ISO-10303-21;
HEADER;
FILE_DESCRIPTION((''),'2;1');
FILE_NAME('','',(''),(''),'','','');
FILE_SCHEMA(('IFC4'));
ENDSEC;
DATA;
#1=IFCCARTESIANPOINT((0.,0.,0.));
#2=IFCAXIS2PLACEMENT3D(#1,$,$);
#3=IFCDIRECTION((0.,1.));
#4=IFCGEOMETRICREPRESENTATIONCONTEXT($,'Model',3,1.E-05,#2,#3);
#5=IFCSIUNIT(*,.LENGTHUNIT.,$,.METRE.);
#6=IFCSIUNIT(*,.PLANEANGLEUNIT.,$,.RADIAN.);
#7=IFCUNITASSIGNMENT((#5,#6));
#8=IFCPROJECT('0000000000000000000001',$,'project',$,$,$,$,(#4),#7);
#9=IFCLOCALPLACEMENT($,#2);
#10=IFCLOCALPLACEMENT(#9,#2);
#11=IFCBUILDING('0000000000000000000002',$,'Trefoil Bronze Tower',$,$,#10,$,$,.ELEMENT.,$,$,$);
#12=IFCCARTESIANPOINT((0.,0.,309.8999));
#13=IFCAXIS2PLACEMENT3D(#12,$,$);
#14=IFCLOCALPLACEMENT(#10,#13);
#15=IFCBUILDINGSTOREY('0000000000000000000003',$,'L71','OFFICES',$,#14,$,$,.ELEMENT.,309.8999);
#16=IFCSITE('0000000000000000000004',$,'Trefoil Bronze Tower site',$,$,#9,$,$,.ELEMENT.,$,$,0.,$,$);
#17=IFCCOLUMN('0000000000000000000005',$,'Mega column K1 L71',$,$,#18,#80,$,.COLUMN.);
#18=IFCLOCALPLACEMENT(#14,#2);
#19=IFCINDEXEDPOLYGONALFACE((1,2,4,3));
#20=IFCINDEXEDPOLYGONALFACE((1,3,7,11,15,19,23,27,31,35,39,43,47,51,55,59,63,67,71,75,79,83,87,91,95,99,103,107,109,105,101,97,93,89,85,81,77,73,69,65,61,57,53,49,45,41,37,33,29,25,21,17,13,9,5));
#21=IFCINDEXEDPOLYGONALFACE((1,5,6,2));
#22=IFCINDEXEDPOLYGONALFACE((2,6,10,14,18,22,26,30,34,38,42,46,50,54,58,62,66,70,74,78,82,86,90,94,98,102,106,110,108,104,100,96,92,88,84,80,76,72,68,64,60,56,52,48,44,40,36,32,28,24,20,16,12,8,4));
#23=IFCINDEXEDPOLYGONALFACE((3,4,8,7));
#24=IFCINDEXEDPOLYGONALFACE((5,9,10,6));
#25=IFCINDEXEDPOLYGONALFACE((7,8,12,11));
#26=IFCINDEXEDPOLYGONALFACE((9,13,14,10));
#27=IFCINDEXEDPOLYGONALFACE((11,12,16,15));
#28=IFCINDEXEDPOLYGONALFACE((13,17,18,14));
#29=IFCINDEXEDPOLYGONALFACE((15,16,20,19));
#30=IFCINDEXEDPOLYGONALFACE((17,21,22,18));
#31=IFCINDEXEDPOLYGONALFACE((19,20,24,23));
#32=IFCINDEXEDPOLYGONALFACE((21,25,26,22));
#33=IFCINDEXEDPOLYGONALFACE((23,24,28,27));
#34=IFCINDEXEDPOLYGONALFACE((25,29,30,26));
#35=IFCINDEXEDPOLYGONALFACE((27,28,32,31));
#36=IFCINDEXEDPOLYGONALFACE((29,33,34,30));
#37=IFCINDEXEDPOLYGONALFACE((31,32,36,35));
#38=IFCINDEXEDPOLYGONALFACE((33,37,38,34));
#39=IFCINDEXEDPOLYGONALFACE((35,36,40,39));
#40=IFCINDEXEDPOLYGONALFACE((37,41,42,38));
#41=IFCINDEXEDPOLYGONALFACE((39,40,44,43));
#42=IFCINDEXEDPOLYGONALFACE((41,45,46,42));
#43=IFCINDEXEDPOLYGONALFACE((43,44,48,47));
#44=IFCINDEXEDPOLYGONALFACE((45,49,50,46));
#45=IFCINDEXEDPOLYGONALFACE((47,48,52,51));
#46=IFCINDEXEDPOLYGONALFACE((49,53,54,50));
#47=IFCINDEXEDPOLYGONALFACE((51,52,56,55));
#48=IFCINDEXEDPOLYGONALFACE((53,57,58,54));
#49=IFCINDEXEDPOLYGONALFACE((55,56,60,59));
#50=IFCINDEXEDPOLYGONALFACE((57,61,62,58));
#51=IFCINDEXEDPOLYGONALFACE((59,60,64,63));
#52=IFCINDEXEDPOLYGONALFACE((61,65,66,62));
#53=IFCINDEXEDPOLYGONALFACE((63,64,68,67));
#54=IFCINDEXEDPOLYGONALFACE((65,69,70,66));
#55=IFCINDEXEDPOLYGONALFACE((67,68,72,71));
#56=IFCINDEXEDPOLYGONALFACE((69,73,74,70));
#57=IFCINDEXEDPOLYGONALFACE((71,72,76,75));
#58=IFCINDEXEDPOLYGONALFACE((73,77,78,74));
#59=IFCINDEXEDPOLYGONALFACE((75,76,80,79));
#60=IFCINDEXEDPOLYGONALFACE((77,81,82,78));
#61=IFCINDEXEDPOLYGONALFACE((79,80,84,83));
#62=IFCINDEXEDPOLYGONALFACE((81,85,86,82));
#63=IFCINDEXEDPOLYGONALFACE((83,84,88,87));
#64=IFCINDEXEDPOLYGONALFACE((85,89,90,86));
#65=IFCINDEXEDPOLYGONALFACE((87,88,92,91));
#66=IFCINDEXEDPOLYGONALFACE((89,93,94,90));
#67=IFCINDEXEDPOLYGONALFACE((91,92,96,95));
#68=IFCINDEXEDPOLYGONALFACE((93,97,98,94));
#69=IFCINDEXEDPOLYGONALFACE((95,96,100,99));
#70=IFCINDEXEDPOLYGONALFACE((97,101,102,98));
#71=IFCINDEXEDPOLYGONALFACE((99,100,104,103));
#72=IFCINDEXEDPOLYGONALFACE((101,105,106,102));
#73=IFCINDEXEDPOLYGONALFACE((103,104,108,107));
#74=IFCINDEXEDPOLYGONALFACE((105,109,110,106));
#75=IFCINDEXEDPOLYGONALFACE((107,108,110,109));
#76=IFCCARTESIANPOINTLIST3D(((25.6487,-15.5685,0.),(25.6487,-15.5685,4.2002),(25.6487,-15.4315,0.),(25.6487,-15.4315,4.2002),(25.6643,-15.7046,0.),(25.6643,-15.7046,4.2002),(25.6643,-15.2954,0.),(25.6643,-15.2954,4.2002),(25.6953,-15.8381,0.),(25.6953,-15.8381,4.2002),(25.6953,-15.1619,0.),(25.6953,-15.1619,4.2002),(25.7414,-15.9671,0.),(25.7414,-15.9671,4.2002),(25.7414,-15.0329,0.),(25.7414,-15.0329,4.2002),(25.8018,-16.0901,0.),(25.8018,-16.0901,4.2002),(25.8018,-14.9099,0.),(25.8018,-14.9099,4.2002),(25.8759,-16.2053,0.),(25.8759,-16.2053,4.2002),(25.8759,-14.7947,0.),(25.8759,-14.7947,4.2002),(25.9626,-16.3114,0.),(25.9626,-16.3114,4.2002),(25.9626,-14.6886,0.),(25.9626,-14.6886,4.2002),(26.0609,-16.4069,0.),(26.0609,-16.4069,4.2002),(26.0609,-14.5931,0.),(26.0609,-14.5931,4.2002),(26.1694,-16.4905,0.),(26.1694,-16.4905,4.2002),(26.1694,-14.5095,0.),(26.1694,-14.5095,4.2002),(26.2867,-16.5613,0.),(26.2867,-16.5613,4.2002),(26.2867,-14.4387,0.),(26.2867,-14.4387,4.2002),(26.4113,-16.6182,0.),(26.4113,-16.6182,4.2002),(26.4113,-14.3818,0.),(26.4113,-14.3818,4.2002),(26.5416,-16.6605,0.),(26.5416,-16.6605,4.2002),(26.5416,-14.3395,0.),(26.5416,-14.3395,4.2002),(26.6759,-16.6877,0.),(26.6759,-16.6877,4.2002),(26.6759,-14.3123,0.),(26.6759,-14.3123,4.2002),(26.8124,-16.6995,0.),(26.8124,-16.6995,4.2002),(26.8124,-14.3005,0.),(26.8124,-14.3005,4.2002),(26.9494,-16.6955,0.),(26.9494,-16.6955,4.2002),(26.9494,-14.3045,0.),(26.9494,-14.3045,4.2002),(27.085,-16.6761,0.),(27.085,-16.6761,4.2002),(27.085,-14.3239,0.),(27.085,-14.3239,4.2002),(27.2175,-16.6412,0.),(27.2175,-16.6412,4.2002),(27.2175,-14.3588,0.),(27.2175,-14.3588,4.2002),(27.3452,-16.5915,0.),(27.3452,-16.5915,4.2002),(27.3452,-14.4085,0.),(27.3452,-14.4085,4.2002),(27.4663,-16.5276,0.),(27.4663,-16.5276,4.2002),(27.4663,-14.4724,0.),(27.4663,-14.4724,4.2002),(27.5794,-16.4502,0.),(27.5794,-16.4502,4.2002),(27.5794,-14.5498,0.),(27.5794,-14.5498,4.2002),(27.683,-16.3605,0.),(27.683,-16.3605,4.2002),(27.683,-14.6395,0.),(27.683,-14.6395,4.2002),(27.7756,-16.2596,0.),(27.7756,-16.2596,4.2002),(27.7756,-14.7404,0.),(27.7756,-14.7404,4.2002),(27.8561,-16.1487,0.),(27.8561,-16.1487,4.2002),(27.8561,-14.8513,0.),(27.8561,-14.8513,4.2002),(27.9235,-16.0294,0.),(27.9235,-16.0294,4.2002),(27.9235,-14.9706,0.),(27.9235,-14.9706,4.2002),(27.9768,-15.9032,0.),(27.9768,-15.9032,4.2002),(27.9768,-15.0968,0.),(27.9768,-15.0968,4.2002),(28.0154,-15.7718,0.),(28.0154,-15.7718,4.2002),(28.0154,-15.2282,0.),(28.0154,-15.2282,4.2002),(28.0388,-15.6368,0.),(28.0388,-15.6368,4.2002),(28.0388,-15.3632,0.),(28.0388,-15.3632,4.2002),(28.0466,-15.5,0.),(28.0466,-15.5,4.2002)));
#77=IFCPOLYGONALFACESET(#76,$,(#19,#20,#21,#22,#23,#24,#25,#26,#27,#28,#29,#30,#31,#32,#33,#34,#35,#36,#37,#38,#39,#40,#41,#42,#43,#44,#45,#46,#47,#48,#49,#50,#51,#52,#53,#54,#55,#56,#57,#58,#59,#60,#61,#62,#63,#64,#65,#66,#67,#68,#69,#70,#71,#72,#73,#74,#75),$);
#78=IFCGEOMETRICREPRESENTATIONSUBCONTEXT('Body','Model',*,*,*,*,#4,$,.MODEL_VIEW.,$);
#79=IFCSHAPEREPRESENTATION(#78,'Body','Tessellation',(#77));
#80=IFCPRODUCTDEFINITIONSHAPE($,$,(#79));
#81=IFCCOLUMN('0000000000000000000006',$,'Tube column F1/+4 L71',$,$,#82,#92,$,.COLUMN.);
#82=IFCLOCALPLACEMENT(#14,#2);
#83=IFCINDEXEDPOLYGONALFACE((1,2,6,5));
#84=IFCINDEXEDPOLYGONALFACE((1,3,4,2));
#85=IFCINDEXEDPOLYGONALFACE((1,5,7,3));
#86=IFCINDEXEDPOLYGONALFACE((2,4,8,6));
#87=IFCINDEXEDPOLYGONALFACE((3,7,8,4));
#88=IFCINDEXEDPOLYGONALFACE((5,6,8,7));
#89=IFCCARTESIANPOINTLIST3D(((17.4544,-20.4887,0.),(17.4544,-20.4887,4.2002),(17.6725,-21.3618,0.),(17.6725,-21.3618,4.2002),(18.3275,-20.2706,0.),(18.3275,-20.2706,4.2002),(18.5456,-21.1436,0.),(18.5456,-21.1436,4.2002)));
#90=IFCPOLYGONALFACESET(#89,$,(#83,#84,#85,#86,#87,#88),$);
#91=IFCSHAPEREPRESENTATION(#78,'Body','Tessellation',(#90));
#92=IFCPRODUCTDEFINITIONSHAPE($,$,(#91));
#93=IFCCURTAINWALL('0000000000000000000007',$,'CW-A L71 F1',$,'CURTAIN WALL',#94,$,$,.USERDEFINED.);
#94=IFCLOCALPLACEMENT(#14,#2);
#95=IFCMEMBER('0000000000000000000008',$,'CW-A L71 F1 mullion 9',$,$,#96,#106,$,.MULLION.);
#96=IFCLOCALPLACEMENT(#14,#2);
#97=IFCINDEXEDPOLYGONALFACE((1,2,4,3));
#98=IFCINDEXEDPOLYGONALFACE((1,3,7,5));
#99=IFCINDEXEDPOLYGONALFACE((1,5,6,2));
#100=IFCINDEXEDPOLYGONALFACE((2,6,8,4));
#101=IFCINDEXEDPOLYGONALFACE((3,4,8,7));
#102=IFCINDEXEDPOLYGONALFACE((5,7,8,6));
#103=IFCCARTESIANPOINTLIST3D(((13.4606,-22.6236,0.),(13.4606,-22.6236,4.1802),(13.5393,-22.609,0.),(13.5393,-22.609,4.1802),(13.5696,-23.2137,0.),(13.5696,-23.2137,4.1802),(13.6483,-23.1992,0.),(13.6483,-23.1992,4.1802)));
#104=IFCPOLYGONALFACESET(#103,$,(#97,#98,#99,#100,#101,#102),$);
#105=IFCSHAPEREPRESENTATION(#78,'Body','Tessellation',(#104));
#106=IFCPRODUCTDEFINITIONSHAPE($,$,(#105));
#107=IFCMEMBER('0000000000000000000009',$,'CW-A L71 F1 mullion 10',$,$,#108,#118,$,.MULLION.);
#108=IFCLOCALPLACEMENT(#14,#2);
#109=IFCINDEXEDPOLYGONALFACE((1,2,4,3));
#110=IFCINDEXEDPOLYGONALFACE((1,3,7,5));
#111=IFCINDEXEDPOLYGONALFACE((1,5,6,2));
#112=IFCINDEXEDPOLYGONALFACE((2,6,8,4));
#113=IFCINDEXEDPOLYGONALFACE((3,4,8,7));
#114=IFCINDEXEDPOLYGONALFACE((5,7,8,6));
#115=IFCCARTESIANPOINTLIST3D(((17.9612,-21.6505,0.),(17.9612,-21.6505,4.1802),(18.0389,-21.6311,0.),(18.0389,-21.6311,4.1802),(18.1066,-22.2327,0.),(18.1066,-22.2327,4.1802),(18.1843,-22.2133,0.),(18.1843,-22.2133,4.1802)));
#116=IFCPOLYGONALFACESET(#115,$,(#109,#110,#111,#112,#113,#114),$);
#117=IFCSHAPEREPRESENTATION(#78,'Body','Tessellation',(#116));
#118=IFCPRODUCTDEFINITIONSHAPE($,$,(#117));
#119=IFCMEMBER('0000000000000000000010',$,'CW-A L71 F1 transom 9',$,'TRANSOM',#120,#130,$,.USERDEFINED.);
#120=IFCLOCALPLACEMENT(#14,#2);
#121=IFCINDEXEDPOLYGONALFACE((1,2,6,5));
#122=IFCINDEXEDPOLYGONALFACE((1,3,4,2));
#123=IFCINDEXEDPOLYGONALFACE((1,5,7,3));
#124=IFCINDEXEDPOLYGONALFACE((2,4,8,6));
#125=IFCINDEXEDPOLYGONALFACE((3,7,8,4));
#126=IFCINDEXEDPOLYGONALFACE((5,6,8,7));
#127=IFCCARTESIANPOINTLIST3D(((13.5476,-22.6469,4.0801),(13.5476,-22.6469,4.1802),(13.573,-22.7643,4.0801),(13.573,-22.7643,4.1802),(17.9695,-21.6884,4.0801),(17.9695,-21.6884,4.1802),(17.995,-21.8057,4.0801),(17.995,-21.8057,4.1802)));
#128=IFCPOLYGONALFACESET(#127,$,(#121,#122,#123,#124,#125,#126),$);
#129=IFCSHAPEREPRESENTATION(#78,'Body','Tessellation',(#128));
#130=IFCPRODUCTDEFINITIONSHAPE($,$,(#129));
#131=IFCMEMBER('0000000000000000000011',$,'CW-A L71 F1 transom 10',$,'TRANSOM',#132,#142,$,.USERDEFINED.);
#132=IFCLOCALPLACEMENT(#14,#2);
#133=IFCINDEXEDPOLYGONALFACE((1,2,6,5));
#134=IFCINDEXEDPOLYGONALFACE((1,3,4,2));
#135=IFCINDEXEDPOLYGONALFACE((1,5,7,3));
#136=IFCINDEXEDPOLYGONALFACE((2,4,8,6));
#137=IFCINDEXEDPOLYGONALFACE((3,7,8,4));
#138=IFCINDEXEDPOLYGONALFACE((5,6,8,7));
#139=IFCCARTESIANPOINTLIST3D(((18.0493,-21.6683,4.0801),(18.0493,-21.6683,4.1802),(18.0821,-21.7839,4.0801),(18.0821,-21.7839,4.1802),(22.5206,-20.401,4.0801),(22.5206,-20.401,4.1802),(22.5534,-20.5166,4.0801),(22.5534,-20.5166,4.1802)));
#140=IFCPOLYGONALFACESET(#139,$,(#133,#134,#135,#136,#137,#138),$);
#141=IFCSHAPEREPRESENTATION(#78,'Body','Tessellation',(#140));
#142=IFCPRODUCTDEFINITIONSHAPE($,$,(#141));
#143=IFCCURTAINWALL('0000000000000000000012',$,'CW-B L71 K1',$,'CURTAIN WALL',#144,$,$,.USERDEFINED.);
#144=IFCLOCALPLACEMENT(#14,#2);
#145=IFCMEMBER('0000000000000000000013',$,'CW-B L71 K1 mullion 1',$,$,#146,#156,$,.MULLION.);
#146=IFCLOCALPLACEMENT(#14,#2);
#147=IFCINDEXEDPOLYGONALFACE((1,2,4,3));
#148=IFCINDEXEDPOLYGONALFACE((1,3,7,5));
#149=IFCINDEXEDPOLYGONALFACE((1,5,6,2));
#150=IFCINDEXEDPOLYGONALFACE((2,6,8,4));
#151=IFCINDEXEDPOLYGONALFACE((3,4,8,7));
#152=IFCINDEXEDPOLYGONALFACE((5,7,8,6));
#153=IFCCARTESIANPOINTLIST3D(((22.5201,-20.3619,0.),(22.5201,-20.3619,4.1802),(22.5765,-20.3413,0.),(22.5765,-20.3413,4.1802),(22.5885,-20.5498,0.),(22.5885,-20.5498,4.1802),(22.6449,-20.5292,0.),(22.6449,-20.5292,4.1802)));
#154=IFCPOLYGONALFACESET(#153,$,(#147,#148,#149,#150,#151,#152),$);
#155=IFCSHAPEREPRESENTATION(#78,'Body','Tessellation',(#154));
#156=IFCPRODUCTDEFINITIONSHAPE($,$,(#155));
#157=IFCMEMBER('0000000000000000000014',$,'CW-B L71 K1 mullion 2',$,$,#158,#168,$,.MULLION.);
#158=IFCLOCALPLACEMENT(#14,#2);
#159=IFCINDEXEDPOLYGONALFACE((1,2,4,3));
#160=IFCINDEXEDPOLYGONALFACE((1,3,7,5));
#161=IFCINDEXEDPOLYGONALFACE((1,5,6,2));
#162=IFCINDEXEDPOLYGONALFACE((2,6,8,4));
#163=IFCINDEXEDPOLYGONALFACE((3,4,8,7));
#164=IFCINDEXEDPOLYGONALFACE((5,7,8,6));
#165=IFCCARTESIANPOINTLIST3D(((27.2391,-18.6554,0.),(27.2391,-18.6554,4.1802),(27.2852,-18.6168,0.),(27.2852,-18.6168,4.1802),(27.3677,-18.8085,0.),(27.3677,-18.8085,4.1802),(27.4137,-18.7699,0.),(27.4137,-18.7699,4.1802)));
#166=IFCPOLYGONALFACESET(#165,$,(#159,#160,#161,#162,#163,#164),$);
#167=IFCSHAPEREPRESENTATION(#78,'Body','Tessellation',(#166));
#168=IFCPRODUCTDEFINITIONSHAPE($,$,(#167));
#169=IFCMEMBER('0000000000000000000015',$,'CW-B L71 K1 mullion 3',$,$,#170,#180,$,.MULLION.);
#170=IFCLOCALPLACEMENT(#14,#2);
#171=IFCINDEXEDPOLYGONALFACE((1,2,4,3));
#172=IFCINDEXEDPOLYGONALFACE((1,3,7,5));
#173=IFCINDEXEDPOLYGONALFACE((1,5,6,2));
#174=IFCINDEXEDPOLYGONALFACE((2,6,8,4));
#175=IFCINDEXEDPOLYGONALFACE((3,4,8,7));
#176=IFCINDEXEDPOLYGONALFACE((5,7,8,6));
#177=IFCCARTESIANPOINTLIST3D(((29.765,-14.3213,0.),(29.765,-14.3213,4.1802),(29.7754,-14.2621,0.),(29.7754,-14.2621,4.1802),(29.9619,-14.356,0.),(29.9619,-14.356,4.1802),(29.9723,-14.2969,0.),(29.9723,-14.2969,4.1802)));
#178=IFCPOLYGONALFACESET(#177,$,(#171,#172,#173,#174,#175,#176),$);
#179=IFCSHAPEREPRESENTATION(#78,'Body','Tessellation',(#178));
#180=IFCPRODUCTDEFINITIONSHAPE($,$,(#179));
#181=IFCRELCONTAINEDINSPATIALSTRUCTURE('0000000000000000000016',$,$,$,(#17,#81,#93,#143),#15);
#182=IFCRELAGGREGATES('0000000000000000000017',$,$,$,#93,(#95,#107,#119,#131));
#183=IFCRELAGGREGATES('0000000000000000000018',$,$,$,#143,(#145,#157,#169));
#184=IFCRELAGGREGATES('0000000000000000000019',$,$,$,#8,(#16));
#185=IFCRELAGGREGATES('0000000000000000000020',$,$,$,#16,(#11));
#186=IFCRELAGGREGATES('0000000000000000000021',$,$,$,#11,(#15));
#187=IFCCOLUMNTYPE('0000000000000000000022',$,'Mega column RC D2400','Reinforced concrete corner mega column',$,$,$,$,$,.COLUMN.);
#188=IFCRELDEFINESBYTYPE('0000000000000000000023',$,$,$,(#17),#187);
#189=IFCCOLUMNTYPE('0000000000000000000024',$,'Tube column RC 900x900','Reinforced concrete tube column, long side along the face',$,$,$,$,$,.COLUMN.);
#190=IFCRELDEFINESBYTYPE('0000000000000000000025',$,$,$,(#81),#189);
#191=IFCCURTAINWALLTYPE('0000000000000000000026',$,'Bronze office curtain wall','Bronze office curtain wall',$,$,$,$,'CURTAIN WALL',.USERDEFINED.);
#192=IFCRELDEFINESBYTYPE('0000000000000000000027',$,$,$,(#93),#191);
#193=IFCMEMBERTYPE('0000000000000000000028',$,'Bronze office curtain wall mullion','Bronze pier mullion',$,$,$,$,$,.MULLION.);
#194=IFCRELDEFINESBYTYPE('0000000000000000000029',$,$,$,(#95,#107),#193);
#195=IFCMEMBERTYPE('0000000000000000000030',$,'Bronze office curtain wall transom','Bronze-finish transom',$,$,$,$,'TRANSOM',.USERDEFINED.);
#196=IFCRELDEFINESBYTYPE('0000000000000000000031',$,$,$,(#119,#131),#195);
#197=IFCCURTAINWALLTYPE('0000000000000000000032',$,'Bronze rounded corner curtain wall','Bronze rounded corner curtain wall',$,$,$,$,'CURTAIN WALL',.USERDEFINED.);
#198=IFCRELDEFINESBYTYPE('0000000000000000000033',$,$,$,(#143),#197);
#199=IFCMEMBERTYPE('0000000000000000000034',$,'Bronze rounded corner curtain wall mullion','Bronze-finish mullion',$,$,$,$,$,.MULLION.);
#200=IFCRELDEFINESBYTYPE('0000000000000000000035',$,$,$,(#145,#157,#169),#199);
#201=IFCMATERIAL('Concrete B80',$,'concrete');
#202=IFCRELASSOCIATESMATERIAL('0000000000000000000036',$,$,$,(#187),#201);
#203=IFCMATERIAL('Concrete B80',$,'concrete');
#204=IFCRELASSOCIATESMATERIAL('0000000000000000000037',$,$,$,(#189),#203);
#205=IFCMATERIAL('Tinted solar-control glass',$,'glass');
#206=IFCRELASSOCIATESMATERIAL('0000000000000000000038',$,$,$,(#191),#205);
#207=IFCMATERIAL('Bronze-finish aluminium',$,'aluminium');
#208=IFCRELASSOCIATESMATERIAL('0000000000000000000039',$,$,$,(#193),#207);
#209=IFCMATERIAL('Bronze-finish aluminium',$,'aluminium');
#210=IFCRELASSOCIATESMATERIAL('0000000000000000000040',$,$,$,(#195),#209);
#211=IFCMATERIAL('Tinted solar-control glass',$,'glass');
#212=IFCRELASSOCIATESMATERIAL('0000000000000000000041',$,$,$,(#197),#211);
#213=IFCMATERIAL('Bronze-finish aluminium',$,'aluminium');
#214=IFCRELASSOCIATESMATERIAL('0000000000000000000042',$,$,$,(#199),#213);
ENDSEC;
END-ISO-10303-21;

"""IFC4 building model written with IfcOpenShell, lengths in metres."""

from ifc_helpers import new_model, si_unit, direction, frame, origin, origin_2d, place, context, subcontext, project, spatial, rectangle, circle, extrude, material, material_profile, profile_set, type_object, element, aggregate, save


model = new_model("IFC4")

# Units and contexts
model_context = context("Model", 3, precision=1e-05, world=origin(), true_north=direction((0.0, 1.0)))
body_context = subcontext(model_context, "Body", "Model", "MODEL_VIEW")
ifc_project = project(units=[si_unit("LENGTHUNIT", "METRE"), si_unit("PLANEANGLEUNIT", "RADIAN")], contexts=[model_context])

# Site, building, storey
site_placement = place(None, origin())
site = spatial("IfcSite", under=ifc_project, at=site_placement, Name="Trefoil Bronze Tower site", CompositionType="ELEMENT", RefElevation=0.0)
building_placement = place(site_placement, origin())
building = spatial("IfcBuilding", under=site, at=building_placement, Name="Trefoil Bronze Tower", CompositionType="ELEMENT")
storey_placement = place(building_placement, frame((0.0, 0.0, 309.8999)))
storey = spatial("IfcBuildingStorey", under=building, at=storey_placement, Name="L71", Description="OFFICES", CompositionType="ELEMENT", Elevation=309.8999)

# Columns
ifc_material_1 = material(Name="Concrete B80", Category="concrete")
ifc_material_profile_1 = material_profile(ifc_material_1, circle(Radius=1.2, at=origin_2d()), Name="RC D2400")
ifc_profile_set_1 = profile_set([ifc_material_profile_1], Name="Concrete B80")
column_type_1 = type_object("IfcColumnType", Name="Mega column RC D2400", Description="Reinforced concrete corner mega column", PredefinedType="COLUMN", material=ifc_profile_set_1)
column_1_placement = place(storey_placement, frame((26.8467, -15.5, 0.0), z_axis=(0.0, 0.0, 1.0), x_axis=(1.0, 0.0, 0.0)))
element("IfcColumn", 1, at=column_1_placement, inside=storey, type_object=column_type_1, Name="Mega column K1 L71", PredefinedType="COLUMN", context=body_context, shape_type="SweptSolid", body=[
    extrude(circle(Radius=1.2, at=origin_2d()), origin(), (0.0, 0.0, 1.0), 4.2002),
])
ifc_material_2 = material(Name="Concrete B80", Category="concrete")
ifc_material_profile_2 = material_profile(ifc_material_2, rectangle(XDim=0.8999, YDim=0.8999, at=origin_2d()), Name="RC 900x900")
ifc_profile_set_2 = profile_set([ifc_material_profile_2], Name="Concrete B80")
column_type_2 = type_object("IfcColumnType", Name="Tube column RC 900x900", Description="Reinforced concrete tube column, long side along the face", PredefinedType="COLUMN", material=ifc_profile_set_2)
column_2_placement = place(storey_placement, frame((18.0, -20.8162, 0.0), z_axis=(0.0, 0.0, 1.0), x_axis=(0.970178, 0.242394, 0.0)))
element("IfcColumn", 2, at=column_2_placement, inside=storey, type_object=column_type_2, Name="Tube column F1/+4 L71", PredefinedType="COLUMN", context=body_context, shape_type="SweptSolid", body=[
    extrude(rectangle(XDim=0.8999, YDim=0.8999, at=origin_2d()), origin(), (0.0, 0.0, 1.0), 4.2002),
])

# Curtain walls, members
ifc_material_3 = material(Name="Tinted solar-control glass", Category="glass")
curtain_wall_type_1 = type_object("IfcCurtainWallType", Name="Bronze office curtain wall", Description="Bronze office curtain wall", ElementType="CURTAIN WALL", PredefinedType="USERDEFINED", material=ifc_material_3)
curtain_wall_1_placement = place(storey_placement, origin())
curtain_wall_1 = element("IfcCurtainWall", 3, at=curtain_wall_1_placement, inside=storey, type_object=curtain_wall_type_1, Name="CW-A L71 F1", ObjectType="CURTAIN WALL", PredefinedType="USERDEFINED")
ifc_material_4 = material(Name="Bronze-finish aluminium", Category="aluminium")
ifc_material_profile_3 = material_profile(ifc_material_4, rectangle(XDim=0.6001, YDim=0.0801, at=origin_2d()), Name="CW-A mullion")
ifc_profile_set_3 = profile_set([ifc_material_profile_3], Name="Bronze-finish aluminium")
member_type_1 = type_object("IfcMemberType", Name="Bronze office curtain wall mullion", Description="Bronze pier mullion", PredefinedType="MULLION", material=ifc_profile_set_3)
member_1_placement = place(storey_placement, frame((13.5544, -22.9114, 0.0), z_axis=(0.0, 0.0, 1.0), x_axis=(-0.181667, 0.98336, 0.0)))
member_1 = element("IfcMember", 4, at=member_1_placement, type_object=member_type_1, Name="CW-A L71 F1 mullion 9", PredefinedType="MULLION", context=body_context, shape_type="SweptSolid", body=[
    extrude(rectangle(XDim=0.6001, YDim=0.0801, at=origin_2d()), origin(), (0.0, 0.0, 1.0), 4.1802),
])
member_2_placement = place(storey_placement, frame((18.0728, -21.9319, 0.0), z_axis=(0.0, 0.0, 1.0), x_axis=(-0.242394, 0.970178, 0.0)))
member_2 = element("IfcMember", 5, at=member_2_placement, type_object=member_type_1, Name="CW-A L71 F1 mullion 10", PredefinedType="MULLION", context=body_context, shape_type="SweptSolid", body=[
    extrude(rectangle(XDim=0.6001, YDim=0.0801, at=origin_2d()), origin(), (0.0, 0.0, 1.0), 4.1802),
])
ifc_material_5 = material(Name="Bronze-finish aluminium", Category="aluminium")
ifc_material_profile_4 = material_profile(ifc_material_5, rectangle(XDim=0.1201, YDim=0.1001, at=origin_2d()), Name="CW-A transom")
ifc_profile_set_4 = profile_set([ifc_material_profile_4], Name="Bronze-finish aluminium")
member_type_2 = type_object("IfcMemberType", Name="Bronze office curtain wall transom", Description="Bronze-finish transom", ElementType="TRANSOM", PredefinedType="USERDEFINED", material=ifc_profile_set_4)
member_3_placement = place(storey_placement, frame((13.5603, -22.7056, 4.1301), z_axis=(0.977304, 0.211843, 0.0), x_axis=(-0.211843, 0.977304, 0.0)))
member_3 = element("IfcMember", 6, at=member_3_placement, type_object=member_type_2, Name="CW-A L71 F1 transom 9", ObjectType="TRANSOM", PredefinedType="USERDEFINED", context=body_context, shape_type="SweptSolid", body=[
    extrude(rectangle(XDim=0.1201, YDim=0.1001, at=origin_2d()), origin(), (0.0, 0.0, 1.0), 4.5247),
])
member_4_placement = place(storey_placement, frame((18.0657, -21.7261, 4.1301), z_axis=(0.962103, 0.272688, 0.0), x_axis=(-0.272688, 0.962103, 0.0)))
member_4 = element("IfcMember", 7, at=member_4_placement, type_object=member_type_2, Name="CW-A L71 F1 transom 10", ObjectType="TRANSOM", PredefinedType="USERDEFINED", context=body_context, shape_type="SweptSolid", body=[
    extrude(rectangle(XDim=0.1201, YDim=0.1001, at=origin_2d()), origin(), (0.0, 0.0, 1.0), 4.6475),
])
ifc_material_6 = material(Name="Tinted solar-control glass", Category="glass")
curtain_wall_type_2 = type_object("IfcCurtainWallType", Name="Bronze rounded corner curtain wall", Description="Bronze rounded corner curtain wall", ElementType="CURTAIN WALL", PredefinedType="USERDEFINED", material=ifc_material_6)
curtain_wall_2_placement = place(storey_placement, origin())
curtain_wall_2 = element("IfcCurtainWall", 8, at=curtain_wall_2_placement, inside=storey, type_object=curtain_wall_type_2, Name="CW-B L71 K1", ObjectType="CURTAIN WALL", PredefinedType="USERDEFINED")
ifc_material_7 = material(Name="Bronze-finish aluminium", Category="aluminium")
ifc_material_profile_5 = material_profile(ifc_material_7, rectangle(XDim=0.2, YDim=0.0601, at=origin_2d()), Name="CW-B mullion")
ifc_profile_set_5 = profile_set([ifc_material_profile_5], Name="Bronze-finish aluminium")
member_type_3 = type_object("IfcMemberType", Name="Bronze rounded corner curtain wall mullion", Description="Bronze-finish mullion", PredefinedType="MULLION", material=ifc_profile_set_5)
member_5_placement = place(storey_placement, frame((22.5825, -20.4456, 0.0), z_axis=(0.0, 0.0, 1.0), x_axis=(-0.34202, 0.939693, 0.0)))
member_5 = element("IfcMember", 9, at=member_5_placement, type_object=member_type_3, Name="CW-B L71 K1 mullion 1", PredefinedType="MULLION", context=body_context, shape_type="SweptSolid", body=[
    extrude(rectangle(XDim=0.2, YDim=0.0601, at=origin_2d()), origin(), (0.0, 0.0, 1.0), 4.1802),
])
member_6_placement = place(storey_placement, frame((27.3264, -18.7126, 0.0), z_axis=(0.0, 0.0, 1.0), x_axis=(-0.642788, 0.766044, 0.0)))
member_6 = element("IfcMember", 10, at=member_6_placement, type_object=member_type_3, Name="CW-B L71 K1 mullion 2", PredefinedType="MULLION", context=body_context, shape_type="SweptSolid", body=[
    extrude(rectangle(XDim=0.2, YDim=0.0601, at=origin_2d()), origin(), (0.0, 0.0, 1.0), 4.1802),
])
member_7_placement = place(storey_placement, frame((29.8687, -14.3091, 0.0), z_axis=(0.0, 0.0, 1.0), x_axis=(-0.984808, 0.173648, 0.0)))
member_7 = element("IfcMember", 11, at=member_7_placement, type_object=member_type_3, Name="CW-B L71 K1 mullion 3", PredefinedType="MULLION", context=body_context, shape_type="SweptSolid", body=[
    extrude(rectangle(XDim=0.2, YDim=0.0601, at=origin_2d()), origin(), (0.0, 0.0, 1.0), 4.1802),
])

aggregate(curtain_wall_1, [member_1, member_2, member_3, member_4])
aggregate(curtain_wall_2, [member_5, member_6, member_7])

save(model, "model.ifc")
